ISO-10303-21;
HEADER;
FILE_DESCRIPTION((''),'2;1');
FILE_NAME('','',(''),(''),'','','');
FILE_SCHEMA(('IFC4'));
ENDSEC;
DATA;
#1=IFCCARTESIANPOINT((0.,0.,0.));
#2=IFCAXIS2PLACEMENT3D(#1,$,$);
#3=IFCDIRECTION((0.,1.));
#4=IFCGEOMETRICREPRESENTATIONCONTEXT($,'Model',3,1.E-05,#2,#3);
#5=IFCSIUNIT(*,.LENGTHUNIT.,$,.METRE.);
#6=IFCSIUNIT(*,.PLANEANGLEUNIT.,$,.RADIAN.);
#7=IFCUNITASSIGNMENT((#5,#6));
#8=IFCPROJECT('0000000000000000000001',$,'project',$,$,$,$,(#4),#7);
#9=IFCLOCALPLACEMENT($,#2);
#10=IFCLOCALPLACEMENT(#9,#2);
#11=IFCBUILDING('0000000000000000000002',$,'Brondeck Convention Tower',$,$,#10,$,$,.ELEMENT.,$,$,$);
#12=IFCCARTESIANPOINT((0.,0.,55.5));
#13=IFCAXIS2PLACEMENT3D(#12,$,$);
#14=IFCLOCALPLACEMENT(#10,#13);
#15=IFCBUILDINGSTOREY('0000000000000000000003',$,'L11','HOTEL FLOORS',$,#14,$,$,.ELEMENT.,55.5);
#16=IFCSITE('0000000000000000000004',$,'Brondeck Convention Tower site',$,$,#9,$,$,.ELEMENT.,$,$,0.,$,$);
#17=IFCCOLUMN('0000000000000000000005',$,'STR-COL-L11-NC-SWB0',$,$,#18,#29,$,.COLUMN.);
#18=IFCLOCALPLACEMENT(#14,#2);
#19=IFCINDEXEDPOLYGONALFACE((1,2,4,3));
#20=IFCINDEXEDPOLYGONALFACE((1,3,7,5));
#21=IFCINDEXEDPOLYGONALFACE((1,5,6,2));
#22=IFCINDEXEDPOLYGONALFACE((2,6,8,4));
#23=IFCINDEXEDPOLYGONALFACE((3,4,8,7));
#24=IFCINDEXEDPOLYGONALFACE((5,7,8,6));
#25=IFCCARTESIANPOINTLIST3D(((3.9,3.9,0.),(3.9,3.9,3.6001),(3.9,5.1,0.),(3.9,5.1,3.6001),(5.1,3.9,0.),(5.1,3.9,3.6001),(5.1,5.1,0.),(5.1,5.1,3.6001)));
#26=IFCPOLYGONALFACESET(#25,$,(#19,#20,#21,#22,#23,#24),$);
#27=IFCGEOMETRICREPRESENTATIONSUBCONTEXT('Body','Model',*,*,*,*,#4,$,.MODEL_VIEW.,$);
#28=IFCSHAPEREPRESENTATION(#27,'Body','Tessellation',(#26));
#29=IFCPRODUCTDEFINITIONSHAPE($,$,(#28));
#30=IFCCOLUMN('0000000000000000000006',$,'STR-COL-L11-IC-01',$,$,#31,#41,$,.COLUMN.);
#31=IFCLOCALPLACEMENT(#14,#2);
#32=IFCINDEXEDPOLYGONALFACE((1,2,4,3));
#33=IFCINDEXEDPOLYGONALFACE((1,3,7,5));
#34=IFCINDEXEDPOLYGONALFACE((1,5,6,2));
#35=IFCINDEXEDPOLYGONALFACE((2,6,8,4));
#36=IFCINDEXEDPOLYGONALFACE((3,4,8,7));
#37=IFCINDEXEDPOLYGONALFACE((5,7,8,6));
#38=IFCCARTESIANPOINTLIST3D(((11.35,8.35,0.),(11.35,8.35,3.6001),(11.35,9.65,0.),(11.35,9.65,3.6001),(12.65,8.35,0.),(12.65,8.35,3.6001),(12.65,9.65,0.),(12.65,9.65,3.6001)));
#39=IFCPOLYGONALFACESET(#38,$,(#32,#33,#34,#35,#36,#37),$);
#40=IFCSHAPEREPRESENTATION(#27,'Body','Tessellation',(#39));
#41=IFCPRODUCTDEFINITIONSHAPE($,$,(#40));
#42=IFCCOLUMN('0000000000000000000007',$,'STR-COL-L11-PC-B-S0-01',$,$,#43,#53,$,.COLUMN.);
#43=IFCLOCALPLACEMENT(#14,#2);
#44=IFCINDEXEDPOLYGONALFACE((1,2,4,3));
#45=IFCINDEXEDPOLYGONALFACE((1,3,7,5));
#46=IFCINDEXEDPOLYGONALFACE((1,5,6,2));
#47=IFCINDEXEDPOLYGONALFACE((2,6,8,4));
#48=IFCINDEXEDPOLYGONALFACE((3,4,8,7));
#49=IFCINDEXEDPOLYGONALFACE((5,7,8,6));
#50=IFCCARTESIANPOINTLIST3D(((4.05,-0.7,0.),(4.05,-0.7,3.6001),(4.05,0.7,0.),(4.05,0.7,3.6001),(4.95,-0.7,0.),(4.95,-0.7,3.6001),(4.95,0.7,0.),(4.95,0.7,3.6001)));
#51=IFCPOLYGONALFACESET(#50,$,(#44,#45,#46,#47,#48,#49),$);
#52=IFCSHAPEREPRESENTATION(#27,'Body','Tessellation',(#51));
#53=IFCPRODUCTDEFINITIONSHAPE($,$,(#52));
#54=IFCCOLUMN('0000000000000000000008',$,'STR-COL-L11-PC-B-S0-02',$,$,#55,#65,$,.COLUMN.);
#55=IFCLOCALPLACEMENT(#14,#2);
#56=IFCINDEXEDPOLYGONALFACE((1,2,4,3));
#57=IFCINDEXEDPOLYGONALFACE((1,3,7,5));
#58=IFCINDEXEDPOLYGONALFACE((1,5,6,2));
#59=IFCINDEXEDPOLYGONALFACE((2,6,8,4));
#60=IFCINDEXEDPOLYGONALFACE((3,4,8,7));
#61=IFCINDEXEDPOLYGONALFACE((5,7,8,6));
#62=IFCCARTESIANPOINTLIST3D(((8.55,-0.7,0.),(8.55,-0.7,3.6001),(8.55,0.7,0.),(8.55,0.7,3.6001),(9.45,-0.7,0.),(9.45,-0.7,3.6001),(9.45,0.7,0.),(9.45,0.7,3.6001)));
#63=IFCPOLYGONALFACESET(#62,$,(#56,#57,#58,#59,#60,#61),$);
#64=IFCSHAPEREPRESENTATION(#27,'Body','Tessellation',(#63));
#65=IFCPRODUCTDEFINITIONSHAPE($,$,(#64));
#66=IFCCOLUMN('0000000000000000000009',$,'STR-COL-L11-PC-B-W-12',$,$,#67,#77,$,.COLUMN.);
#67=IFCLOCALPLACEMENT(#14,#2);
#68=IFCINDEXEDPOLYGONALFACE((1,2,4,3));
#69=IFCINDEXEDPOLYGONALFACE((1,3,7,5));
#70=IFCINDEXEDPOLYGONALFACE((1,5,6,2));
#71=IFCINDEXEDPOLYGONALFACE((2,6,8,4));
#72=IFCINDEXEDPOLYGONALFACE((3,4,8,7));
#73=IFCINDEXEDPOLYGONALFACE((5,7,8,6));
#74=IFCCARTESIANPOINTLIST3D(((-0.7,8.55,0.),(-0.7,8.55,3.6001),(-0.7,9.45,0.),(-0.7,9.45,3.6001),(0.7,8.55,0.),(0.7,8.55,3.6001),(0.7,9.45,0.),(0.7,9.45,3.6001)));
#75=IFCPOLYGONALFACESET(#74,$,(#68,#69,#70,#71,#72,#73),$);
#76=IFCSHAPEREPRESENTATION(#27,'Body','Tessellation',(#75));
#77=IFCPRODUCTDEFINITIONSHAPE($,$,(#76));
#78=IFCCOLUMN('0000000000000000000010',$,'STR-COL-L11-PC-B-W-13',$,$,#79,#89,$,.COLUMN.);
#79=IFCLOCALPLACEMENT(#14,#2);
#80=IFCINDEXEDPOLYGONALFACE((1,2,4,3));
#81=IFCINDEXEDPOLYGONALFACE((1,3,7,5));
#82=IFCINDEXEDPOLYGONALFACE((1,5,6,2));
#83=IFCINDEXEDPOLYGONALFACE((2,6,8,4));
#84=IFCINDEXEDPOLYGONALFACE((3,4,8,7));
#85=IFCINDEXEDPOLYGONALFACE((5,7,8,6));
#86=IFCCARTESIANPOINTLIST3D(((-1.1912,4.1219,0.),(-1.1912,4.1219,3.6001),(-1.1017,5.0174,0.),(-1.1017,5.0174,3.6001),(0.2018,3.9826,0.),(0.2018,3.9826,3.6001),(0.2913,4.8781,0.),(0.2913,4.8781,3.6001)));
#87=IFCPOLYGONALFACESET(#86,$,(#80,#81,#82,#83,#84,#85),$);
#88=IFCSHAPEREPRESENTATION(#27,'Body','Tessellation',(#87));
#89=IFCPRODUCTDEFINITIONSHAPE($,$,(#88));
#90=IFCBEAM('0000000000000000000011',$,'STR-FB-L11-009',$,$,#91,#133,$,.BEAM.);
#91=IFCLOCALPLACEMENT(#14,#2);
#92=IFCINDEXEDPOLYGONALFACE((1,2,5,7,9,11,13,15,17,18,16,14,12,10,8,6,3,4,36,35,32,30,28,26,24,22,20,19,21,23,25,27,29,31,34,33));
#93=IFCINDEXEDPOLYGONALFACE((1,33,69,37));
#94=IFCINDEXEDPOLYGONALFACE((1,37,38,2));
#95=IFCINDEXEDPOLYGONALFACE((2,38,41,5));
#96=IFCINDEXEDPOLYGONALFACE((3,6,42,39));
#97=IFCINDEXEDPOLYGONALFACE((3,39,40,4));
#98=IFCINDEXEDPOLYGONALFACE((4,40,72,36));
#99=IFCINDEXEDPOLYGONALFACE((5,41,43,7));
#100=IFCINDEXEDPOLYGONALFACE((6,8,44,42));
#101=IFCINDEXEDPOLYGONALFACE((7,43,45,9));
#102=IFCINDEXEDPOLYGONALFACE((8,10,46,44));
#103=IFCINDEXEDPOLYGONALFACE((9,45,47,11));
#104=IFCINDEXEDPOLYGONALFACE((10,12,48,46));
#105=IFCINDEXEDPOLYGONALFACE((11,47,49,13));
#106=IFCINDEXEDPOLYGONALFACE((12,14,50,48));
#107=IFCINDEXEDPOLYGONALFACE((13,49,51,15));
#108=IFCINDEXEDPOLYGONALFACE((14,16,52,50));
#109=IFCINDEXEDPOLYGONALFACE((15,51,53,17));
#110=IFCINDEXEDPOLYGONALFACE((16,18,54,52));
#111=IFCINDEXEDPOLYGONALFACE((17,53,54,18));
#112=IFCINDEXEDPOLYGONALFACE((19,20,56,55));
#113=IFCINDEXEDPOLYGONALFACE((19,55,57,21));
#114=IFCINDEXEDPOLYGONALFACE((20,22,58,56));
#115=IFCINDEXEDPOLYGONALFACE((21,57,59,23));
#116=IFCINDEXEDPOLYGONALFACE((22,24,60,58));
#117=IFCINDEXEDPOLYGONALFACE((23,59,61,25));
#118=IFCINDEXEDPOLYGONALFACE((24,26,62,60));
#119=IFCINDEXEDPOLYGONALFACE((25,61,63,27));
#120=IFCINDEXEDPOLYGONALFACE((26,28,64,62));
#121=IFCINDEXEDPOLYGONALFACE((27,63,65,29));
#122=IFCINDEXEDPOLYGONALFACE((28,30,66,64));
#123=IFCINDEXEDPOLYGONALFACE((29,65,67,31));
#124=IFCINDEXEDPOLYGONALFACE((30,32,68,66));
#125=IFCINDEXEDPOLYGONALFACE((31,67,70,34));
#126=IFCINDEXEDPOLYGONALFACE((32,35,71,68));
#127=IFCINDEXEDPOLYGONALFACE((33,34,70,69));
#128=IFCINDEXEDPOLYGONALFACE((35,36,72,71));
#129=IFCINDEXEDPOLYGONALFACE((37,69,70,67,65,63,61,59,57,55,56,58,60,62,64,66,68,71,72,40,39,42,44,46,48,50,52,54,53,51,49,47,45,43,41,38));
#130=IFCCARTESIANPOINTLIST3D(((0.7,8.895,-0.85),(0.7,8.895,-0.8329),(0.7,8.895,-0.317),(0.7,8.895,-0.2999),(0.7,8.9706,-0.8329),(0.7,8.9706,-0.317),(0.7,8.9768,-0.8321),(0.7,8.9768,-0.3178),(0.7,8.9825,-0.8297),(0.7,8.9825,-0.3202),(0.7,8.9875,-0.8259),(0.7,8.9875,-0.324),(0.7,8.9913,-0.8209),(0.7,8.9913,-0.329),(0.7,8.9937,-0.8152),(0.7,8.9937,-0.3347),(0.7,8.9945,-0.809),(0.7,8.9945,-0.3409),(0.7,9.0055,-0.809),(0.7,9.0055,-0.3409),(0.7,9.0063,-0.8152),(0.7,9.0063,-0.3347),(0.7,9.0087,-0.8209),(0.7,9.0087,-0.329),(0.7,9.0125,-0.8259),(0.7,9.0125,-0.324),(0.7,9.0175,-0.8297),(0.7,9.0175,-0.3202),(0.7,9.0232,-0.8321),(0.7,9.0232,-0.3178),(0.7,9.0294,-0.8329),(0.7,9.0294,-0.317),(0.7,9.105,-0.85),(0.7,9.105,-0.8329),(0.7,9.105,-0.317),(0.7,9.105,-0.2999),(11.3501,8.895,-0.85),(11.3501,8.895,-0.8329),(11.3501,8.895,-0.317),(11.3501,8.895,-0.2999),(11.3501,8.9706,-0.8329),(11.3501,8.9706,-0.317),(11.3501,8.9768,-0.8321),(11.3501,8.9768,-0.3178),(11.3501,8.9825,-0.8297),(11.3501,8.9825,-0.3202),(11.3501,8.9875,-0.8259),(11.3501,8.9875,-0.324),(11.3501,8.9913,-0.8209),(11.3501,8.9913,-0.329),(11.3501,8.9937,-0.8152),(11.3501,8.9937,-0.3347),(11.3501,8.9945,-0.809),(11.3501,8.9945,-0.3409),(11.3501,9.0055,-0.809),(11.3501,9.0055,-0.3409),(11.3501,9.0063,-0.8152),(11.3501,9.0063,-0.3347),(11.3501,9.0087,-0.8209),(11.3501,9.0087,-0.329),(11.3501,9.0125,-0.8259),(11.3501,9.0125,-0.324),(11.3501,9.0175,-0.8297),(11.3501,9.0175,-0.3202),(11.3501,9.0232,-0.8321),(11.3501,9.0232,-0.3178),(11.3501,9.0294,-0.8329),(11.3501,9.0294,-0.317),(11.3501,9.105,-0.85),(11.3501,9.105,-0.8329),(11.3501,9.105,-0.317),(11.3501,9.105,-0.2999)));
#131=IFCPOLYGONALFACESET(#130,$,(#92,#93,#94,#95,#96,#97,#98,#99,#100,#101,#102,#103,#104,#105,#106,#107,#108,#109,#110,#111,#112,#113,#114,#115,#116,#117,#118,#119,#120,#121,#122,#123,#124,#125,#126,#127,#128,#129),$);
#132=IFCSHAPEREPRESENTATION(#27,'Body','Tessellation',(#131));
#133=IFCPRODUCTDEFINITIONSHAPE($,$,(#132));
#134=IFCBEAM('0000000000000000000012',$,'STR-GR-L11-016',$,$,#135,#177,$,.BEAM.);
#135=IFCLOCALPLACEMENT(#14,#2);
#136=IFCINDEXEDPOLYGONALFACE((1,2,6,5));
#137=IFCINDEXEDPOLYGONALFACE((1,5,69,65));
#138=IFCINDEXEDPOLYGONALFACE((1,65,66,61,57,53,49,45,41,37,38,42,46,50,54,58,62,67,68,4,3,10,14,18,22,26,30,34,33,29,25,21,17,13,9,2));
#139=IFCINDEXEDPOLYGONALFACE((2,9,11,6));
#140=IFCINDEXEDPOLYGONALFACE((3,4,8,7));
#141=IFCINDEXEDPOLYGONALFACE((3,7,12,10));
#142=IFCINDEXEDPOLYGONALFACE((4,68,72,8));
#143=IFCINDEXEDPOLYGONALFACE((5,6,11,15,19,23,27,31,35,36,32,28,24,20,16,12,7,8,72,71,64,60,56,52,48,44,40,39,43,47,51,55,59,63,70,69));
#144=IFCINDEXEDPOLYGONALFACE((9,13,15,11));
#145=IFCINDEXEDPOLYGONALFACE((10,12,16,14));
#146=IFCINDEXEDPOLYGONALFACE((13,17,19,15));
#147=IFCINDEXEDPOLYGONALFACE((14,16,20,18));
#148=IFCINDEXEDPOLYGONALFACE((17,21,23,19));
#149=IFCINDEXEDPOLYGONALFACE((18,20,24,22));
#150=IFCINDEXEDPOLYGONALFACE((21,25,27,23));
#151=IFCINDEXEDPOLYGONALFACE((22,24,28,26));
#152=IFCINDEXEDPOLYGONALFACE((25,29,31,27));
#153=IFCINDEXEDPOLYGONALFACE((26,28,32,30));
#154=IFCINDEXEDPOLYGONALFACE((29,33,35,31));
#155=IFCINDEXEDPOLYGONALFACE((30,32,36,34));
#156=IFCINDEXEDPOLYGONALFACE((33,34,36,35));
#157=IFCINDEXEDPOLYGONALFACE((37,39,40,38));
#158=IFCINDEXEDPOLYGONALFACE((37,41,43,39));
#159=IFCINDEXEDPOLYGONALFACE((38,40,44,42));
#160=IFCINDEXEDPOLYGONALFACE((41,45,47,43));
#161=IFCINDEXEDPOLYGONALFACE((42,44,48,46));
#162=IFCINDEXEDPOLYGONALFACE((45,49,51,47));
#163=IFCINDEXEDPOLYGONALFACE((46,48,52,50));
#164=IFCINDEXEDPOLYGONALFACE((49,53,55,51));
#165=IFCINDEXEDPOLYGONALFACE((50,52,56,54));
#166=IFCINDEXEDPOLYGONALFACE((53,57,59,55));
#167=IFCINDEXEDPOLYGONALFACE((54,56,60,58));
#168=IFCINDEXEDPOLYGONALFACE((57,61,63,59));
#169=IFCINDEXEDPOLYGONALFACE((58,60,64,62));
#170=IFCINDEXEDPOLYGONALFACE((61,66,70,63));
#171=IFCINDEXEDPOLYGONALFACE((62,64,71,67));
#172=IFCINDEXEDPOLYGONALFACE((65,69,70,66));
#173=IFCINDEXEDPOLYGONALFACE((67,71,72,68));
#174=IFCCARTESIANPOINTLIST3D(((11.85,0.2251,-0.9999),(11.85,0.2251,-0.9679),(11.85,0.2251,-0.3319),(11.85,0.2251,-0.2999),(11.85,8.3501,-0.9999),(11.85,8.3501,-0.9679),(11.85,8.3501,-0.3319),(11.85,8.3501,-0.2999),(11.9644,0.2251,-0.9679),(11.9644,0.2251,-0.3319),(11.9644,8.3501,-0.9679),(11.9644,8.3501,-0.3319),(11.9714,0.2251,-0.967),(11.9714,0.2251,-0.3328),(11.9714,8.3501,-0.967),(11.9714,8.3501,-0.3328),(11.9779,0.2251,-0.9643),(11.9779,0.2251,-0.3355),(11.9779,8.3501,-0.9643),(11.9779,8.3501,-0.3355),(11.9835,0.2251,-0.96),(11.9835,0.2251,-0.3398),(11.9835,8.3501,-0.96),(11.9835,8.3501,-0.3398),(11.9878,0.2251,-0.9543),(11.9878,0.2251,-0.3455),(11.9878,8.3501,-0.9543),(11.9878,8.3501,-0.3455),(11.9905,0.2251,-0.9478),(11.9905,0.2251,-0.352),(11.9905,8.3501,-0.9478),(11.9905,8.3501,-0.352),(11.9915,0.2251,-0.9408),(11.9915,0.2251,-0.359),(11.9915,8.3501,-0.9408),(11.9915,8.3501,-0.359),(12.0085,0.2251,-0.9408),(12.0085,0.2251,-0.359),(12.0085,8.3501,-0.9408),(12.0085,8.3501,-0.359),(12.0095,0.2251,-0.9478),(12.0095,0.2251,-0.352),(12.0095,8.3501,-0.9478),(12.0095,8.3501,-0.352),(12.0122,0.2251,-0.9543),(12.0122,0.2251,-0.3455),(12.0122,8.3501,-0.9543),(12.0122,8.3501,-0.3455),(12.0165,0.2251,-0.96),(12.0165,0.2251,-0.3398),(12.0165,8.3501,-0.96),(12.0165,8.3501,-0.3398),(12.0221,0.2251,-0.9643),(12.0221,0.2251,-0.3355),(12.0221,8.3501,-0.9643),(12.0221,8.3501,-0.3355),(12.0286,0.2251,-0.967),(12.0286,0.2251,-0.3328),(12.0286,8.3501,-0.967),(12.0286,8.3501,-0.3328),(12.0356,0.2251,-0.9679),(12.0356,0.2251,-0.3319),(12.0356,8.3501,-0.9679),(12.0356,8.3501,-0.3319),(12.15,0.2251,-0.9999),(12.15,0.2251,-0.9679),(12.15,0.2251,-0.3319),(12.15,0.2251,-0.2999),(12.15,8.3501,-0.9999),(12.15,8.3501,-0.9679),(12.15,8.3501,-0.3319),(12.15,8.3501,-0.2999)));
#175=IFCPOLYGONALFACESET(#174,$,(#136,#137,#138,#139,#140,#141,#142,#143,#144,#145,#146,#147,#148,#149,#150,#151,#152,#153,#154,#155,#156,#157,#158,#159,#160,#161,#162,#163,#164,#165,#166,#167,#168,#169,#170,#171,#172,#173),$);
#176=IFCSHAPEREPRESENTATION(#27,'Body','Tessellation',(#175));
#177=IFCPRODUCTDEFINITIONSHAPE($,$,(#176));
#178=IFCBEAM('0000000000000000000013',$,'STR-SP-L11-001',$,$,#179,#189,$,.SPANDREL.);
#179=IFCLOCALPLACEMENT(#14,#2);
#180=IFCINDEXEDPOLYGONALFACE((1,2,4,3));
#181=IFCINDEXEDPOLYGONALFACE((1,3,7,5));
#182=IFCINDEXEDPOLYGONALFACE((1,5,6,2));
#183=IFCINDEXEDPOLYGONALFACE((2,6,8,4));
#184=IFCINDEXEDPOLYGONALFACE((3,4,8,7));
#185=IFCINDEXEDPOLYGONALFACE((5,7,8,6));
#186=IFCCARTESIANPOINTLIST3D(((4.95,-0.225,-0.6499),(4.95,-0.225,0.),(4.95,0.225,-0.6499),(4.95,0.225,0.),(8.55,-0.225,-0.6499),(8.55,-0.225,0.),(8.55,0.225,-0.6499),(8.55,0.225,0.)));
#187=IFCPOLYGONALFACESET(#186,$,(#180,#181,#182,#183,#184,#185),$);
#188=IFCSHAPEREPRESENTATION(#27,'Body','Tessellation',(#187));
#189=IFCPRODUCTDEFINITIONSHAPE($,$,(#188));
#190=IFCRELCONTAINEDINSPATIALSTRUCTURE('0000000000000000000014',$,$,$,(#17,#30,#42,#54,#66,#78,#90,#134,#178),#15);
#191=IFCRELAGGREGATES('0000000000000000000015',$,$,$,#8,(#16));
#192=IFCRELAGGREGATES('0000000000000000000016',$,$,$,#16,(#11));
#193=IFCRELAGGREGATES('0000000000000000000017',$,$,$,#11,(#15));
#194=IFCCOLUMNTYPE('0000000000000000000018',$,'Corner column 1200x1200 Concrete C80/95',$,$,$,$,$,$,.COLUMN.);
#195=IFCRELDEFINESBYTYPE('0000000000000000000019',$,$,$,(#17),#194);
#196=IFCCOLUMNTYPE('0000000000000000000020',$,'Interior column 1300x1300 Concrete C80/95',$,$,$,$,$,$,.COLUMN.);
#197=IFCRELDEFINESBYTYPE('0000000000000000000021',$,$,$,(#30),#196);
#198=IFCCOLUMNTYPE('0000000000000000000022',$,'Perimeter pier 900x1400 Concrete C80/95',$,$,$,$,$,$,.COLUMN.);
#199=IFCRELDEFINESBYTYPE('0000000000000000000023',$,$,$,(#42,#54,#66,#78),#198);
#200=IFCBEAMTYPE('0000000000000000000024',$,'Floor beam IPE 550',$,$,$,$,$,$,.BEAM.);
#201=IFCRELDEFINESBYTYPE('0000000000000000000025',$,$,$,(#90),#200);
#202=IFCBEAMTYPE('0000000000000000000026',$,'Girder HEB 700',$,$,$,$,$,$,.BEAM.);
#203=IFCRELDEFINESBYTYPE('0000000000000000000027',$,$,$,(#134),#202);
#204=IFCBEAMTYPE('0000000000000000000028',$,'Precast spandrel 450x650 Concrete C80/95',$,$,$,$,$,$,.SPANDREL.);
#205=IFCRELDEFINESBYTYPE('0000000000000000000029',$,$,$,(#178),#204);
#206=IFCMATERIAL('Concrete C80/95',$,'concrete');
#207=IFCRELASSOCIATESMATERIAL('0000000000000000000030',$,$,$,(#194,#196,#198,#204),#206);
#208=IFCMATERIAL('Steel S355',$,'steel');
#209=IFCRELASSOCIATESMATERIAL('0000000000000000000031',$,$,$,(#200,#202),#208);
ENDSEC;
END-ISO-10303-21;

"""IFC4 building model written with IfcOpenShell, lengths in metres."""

from ifc_helpers import new_model, si_unit, direction, frame, origin, origin_2d, place, context, subcontext, project, spatial, rectangle, i_section, extrude, material, material_profile, profile_set, type_object, element, save


model = new_model("IFC4")

# Units and contexts
model_context = context("Model", 3, precision=1e-05, world=origin(), true_north=direction((0.0, 1.0)))
body_context = subcontext(model_context, "Body", "Model", "MODEL_VIEW")
ifc_project = project(units=[si_unit("LENGTHUNIT", "METRE"), si_unit("PLANEANGLEUNIT", "RADIAN")], contexts=[model_context])

# Site, building, storey
site_placement = place(None, origin())
site = spatial("IfcSite", under=ifc_project, at=site_placement, Name="Brondeck Convention Tower site", CompositionType="ELEMENT", RefElevation=0.0)
building_placement = place(site_placement, origin())
building = spatial("IfcBuilding", under=site, at=building_placement, Name="Brondeck Convention Tower", CompositionType="ELEMENT")
storey_placement = place(building_placement, frame((0.0, 0.0, 55.5)))
storey = spatial("IfcBuildingStorey", under=building, at=storey_placement, Name="L11", Description="HOTEL FLOORS", CompositionType="ELEMENT", Elevation=55.5)

# Columns
ifc_material_1 = material(Name="Concrete C80/95", Category="concrete")
ifc_material_profile_1 = material_profile(ifc_material_1, rectangle(XDim=1.2, YDim=1.2, at=origin_2d()), Name="Corner column 1200x1200 Concrete C80/95")
ifc_profile_set_1 = profile_set([ifc_material_profile_1], Name="Concrete C80/95")
column_type_1 = type_object("IfcColumnType", Name="Corner column 1200x1200 Concrete C80/95", PredefinedType="COLUMN", material=ifc_profile_set_1)
column_1_placement = place(storey_placement, frame((4.5, 4.5, 0.0), z_axis=(0.0, 0.0, 1.0), x_axis=(1.0, 0.0, 0.0)))
element("IfcColumn", 1, at=column_1_placement, inside=storey, type_object=column_type_1, Name="STR-COL-L11-NC-SWB0", PredefinedType="COLUMN", context=body_context, shape_type="SweptSolid", body=[
    extrude(rectangle(XDim=1.2, YDim=1.2, at=origin_2d()), origin(), (0.0, 0.0, 1.0), 3.6001),
])
ifc_material_profile_2 = material_profile(ifc_material_1, rectangle(XDim=1.3, YDim=1.3, at=origin_2d()), Name="Interior column 1300x1300 Concrete C80/95")
ifc_profile_set_2 = profile_set([ifc_material_profile_2], Name="Concrete C80/95")
column_type_2 = type_object("IfcColumnType", Name="Interior column 1300x1300 Concrete C80/95", PredefinedType="COLUMN", material=ifc_profile_set_2)
column_2_placement = place(storey_placement, frame((12.0, 9.0, 0.0), z_axis=(0.0, 0.0, 1.0), x_axis=(1.0, 0.0, 0.0)))
element("IfcColumn", 2, at=column_2_placement, inside=storey, type_object=column_type_2, Name="STR-COL-L11-IC-01", PredefinedType="COLUMN", context=body_context, shape_type="SweptSolid", body=[
    extrude(rectangle(XDim=1.3, YDim=1.3, at=origin_2d()), origin(), (0.0, 0.0, 1.0), 3.6001),
])
ifc_material_profile_3 = material_profile(ifc_material_1, rectangle(XDim=0.8999, YDim=1.3999, at=origin_2d()), Name="Perimeter pier 900x1400 Concrete C80/95")
ifc_profile_set_3 = profile_set([ifc_material_profile_3], Name="Concrete C80/95")
column_type_3 = type_object("IfcColumnType", Name="Perimeter pier 900x1400 Concrete C80/95", PredefinedType="COLUMN", material=ifc_profile_set_3)
for number, where, z_axis, x_axis, name in (
    (3, (4.5, 0.0, 0.0), (0.0, 0.0, 1.0), (1.0, 0.0, 0.0), "STR-COL-L11-PC-B-S0-01"),
    (4, (9.0, 0.0, 0.0), (0.0, 0.0, 1.0), (1.0, 0.0, 0.0), "STR-COL-L11-PC-B-S0-02"),
    (5, (0.0, 9.0, 0.0), (0.0, 0.0, 1.0), (0.0, -1.0, 0.0), "STR-COL-L11-PC-B-W-12"),
    (6, (-0.45, 4.5, 0.0), (0.0, 0.0, 1.0), (-0.099504, -0.995037, 0.0), "STR-COL-L11-PC-B-W-13"),
):
    element("IfcColumn", number, at=place(storey_placement, frame(where, z_axis=z_axis, x_axis=x_axis)), inside=storey, type_object=column_type_3, Name=name, PredefinedType="COLUMN", context=body_context, shape_type="SweptSolid", body=[
        extrude(rectangle(XDim=0.8999, YDim=1.3999, at=origin_2d()), origin(), (0.0, 0.0, 1.0), 3.6001),
    ])

# Beams
ifc_material_2 = material(Name="Steel S355", Category="steel")
ifc_material_profile_4 = material_profile(ifc_material_2, i_section(OverallWidth=0.21, OverallDepth=0.55, WebThickness=0.011, FlangeThickness=0.0171, FilletRadius=0.0239, at=origin_2d()), Name="IPE 550")
ifc_profile_set_4 = profile_set([ifc_material_profile_4], Name="Steel S355")
beam_type_1 = type_object("IfcBeamType", Name="Floor beam IPE 550", PredefinedType="BEAM", material=ifc_profile_set_4)
beam_1_placement = place(storey_placement, frame((0.7, 9.0, -0.575), z_axis=(1.0, 0.0, 0.0), x_axis=(0.0, 1.0, 0.0)))
element("IfcBeam", 7, at=beam_1_placement, inside=storey, type_object=beam_type_1, Name="STR-FB-L11-009", PredefinedType="BEAM", context=body_context, shape_type="SweptSolid", body=[
    extrude(i_section(OverallWidth=0.21, OverallDepth=0.55, WebThickness=0.011, FlangeThickness=0.0171, FilletRadius=0.0239, at=origin_2d()), origin(), (0.0, 0.0, 1.0), 10.6501),
])
ifc_material_profile_5 = material_profile(ifc_material_2, i_section(OverallWidth=0.3, OverallDepth=0.7, WebThickness=0.0171, FlangeThickness=0.032, FilletRadius=0.0271, at=origin_2d()), Name="HEB 700")
ifc_profile_set_5 = profile_set([ifc_material_profile_5], Name="Steel S355")
beam_type_2 = type_object("IfcBeamType", Name="Girder HEB 700", PredefinedType="BEAM", material=ifc_profile_set_5)
beam_2_placement = place(storey_placement, frame((12.0, 8.3501, -0.6499), z_axis=(0.0, -1.0, 0.0), x_axis=(1.0, 0.0, 0.0)))
element("IfcBeam", 8, at=beam_2_placement, inside=storey, type_object=beam_type_2, Name="STR-GR-L11-016", PredefinedType="BEAM", context=body_context, shape_type="SweptSolid", body=[
    extrude(i_section(OverallWidth=0.3, OverallDepth=0.7, WebThickness=0.0171, FlangeThickness=0.032, FilletRadius=0.0271, at=origin_2d()), origin(), (0.0, 0.0, 1.0), 8.125),
])
ifc_material_profile_6 = material_profile(ifc_material_1, rectangle(XDim=0.45, YDim=0.6499, at=origin_2d()), Name="Precast spandrel 450x650 Concrete C80/95")
ifc_profile_set_6 = profile_set([ifc_material_profile_6], Name="Concrete C80/95")
beam_type_3 = type_object("IfcBeamType", Name="Precast spandrel 450x650 Concrete C80/95", PredefinedType="SPANDREL", material=ifc_profile_set_6)
for number, where, z_axis, x_axis, name in (
    (9, (4.95, 0.0, -0.325), (1.0, 0.0, 0.0), (0.0, 1.0, 0.0), "STR-SP-L11-001"),
):
    element("IfcBeam", number, at=place(storey_placement, frame(where, z_axis=z_axis, x_axis=x_axis)), inside=storey, type_object=beam_type_3, Name=name, PredefinedType="SPANDREL", context=body_context, shape_type="SweptSolid", body=[
        extrude(rectangle(XDim=0.45, YDim=0.6499, at=origin_2d()), origin(), (0.0, 0.0, 1.0), 3.6001),
    ])

save(model, "model.ifc")
